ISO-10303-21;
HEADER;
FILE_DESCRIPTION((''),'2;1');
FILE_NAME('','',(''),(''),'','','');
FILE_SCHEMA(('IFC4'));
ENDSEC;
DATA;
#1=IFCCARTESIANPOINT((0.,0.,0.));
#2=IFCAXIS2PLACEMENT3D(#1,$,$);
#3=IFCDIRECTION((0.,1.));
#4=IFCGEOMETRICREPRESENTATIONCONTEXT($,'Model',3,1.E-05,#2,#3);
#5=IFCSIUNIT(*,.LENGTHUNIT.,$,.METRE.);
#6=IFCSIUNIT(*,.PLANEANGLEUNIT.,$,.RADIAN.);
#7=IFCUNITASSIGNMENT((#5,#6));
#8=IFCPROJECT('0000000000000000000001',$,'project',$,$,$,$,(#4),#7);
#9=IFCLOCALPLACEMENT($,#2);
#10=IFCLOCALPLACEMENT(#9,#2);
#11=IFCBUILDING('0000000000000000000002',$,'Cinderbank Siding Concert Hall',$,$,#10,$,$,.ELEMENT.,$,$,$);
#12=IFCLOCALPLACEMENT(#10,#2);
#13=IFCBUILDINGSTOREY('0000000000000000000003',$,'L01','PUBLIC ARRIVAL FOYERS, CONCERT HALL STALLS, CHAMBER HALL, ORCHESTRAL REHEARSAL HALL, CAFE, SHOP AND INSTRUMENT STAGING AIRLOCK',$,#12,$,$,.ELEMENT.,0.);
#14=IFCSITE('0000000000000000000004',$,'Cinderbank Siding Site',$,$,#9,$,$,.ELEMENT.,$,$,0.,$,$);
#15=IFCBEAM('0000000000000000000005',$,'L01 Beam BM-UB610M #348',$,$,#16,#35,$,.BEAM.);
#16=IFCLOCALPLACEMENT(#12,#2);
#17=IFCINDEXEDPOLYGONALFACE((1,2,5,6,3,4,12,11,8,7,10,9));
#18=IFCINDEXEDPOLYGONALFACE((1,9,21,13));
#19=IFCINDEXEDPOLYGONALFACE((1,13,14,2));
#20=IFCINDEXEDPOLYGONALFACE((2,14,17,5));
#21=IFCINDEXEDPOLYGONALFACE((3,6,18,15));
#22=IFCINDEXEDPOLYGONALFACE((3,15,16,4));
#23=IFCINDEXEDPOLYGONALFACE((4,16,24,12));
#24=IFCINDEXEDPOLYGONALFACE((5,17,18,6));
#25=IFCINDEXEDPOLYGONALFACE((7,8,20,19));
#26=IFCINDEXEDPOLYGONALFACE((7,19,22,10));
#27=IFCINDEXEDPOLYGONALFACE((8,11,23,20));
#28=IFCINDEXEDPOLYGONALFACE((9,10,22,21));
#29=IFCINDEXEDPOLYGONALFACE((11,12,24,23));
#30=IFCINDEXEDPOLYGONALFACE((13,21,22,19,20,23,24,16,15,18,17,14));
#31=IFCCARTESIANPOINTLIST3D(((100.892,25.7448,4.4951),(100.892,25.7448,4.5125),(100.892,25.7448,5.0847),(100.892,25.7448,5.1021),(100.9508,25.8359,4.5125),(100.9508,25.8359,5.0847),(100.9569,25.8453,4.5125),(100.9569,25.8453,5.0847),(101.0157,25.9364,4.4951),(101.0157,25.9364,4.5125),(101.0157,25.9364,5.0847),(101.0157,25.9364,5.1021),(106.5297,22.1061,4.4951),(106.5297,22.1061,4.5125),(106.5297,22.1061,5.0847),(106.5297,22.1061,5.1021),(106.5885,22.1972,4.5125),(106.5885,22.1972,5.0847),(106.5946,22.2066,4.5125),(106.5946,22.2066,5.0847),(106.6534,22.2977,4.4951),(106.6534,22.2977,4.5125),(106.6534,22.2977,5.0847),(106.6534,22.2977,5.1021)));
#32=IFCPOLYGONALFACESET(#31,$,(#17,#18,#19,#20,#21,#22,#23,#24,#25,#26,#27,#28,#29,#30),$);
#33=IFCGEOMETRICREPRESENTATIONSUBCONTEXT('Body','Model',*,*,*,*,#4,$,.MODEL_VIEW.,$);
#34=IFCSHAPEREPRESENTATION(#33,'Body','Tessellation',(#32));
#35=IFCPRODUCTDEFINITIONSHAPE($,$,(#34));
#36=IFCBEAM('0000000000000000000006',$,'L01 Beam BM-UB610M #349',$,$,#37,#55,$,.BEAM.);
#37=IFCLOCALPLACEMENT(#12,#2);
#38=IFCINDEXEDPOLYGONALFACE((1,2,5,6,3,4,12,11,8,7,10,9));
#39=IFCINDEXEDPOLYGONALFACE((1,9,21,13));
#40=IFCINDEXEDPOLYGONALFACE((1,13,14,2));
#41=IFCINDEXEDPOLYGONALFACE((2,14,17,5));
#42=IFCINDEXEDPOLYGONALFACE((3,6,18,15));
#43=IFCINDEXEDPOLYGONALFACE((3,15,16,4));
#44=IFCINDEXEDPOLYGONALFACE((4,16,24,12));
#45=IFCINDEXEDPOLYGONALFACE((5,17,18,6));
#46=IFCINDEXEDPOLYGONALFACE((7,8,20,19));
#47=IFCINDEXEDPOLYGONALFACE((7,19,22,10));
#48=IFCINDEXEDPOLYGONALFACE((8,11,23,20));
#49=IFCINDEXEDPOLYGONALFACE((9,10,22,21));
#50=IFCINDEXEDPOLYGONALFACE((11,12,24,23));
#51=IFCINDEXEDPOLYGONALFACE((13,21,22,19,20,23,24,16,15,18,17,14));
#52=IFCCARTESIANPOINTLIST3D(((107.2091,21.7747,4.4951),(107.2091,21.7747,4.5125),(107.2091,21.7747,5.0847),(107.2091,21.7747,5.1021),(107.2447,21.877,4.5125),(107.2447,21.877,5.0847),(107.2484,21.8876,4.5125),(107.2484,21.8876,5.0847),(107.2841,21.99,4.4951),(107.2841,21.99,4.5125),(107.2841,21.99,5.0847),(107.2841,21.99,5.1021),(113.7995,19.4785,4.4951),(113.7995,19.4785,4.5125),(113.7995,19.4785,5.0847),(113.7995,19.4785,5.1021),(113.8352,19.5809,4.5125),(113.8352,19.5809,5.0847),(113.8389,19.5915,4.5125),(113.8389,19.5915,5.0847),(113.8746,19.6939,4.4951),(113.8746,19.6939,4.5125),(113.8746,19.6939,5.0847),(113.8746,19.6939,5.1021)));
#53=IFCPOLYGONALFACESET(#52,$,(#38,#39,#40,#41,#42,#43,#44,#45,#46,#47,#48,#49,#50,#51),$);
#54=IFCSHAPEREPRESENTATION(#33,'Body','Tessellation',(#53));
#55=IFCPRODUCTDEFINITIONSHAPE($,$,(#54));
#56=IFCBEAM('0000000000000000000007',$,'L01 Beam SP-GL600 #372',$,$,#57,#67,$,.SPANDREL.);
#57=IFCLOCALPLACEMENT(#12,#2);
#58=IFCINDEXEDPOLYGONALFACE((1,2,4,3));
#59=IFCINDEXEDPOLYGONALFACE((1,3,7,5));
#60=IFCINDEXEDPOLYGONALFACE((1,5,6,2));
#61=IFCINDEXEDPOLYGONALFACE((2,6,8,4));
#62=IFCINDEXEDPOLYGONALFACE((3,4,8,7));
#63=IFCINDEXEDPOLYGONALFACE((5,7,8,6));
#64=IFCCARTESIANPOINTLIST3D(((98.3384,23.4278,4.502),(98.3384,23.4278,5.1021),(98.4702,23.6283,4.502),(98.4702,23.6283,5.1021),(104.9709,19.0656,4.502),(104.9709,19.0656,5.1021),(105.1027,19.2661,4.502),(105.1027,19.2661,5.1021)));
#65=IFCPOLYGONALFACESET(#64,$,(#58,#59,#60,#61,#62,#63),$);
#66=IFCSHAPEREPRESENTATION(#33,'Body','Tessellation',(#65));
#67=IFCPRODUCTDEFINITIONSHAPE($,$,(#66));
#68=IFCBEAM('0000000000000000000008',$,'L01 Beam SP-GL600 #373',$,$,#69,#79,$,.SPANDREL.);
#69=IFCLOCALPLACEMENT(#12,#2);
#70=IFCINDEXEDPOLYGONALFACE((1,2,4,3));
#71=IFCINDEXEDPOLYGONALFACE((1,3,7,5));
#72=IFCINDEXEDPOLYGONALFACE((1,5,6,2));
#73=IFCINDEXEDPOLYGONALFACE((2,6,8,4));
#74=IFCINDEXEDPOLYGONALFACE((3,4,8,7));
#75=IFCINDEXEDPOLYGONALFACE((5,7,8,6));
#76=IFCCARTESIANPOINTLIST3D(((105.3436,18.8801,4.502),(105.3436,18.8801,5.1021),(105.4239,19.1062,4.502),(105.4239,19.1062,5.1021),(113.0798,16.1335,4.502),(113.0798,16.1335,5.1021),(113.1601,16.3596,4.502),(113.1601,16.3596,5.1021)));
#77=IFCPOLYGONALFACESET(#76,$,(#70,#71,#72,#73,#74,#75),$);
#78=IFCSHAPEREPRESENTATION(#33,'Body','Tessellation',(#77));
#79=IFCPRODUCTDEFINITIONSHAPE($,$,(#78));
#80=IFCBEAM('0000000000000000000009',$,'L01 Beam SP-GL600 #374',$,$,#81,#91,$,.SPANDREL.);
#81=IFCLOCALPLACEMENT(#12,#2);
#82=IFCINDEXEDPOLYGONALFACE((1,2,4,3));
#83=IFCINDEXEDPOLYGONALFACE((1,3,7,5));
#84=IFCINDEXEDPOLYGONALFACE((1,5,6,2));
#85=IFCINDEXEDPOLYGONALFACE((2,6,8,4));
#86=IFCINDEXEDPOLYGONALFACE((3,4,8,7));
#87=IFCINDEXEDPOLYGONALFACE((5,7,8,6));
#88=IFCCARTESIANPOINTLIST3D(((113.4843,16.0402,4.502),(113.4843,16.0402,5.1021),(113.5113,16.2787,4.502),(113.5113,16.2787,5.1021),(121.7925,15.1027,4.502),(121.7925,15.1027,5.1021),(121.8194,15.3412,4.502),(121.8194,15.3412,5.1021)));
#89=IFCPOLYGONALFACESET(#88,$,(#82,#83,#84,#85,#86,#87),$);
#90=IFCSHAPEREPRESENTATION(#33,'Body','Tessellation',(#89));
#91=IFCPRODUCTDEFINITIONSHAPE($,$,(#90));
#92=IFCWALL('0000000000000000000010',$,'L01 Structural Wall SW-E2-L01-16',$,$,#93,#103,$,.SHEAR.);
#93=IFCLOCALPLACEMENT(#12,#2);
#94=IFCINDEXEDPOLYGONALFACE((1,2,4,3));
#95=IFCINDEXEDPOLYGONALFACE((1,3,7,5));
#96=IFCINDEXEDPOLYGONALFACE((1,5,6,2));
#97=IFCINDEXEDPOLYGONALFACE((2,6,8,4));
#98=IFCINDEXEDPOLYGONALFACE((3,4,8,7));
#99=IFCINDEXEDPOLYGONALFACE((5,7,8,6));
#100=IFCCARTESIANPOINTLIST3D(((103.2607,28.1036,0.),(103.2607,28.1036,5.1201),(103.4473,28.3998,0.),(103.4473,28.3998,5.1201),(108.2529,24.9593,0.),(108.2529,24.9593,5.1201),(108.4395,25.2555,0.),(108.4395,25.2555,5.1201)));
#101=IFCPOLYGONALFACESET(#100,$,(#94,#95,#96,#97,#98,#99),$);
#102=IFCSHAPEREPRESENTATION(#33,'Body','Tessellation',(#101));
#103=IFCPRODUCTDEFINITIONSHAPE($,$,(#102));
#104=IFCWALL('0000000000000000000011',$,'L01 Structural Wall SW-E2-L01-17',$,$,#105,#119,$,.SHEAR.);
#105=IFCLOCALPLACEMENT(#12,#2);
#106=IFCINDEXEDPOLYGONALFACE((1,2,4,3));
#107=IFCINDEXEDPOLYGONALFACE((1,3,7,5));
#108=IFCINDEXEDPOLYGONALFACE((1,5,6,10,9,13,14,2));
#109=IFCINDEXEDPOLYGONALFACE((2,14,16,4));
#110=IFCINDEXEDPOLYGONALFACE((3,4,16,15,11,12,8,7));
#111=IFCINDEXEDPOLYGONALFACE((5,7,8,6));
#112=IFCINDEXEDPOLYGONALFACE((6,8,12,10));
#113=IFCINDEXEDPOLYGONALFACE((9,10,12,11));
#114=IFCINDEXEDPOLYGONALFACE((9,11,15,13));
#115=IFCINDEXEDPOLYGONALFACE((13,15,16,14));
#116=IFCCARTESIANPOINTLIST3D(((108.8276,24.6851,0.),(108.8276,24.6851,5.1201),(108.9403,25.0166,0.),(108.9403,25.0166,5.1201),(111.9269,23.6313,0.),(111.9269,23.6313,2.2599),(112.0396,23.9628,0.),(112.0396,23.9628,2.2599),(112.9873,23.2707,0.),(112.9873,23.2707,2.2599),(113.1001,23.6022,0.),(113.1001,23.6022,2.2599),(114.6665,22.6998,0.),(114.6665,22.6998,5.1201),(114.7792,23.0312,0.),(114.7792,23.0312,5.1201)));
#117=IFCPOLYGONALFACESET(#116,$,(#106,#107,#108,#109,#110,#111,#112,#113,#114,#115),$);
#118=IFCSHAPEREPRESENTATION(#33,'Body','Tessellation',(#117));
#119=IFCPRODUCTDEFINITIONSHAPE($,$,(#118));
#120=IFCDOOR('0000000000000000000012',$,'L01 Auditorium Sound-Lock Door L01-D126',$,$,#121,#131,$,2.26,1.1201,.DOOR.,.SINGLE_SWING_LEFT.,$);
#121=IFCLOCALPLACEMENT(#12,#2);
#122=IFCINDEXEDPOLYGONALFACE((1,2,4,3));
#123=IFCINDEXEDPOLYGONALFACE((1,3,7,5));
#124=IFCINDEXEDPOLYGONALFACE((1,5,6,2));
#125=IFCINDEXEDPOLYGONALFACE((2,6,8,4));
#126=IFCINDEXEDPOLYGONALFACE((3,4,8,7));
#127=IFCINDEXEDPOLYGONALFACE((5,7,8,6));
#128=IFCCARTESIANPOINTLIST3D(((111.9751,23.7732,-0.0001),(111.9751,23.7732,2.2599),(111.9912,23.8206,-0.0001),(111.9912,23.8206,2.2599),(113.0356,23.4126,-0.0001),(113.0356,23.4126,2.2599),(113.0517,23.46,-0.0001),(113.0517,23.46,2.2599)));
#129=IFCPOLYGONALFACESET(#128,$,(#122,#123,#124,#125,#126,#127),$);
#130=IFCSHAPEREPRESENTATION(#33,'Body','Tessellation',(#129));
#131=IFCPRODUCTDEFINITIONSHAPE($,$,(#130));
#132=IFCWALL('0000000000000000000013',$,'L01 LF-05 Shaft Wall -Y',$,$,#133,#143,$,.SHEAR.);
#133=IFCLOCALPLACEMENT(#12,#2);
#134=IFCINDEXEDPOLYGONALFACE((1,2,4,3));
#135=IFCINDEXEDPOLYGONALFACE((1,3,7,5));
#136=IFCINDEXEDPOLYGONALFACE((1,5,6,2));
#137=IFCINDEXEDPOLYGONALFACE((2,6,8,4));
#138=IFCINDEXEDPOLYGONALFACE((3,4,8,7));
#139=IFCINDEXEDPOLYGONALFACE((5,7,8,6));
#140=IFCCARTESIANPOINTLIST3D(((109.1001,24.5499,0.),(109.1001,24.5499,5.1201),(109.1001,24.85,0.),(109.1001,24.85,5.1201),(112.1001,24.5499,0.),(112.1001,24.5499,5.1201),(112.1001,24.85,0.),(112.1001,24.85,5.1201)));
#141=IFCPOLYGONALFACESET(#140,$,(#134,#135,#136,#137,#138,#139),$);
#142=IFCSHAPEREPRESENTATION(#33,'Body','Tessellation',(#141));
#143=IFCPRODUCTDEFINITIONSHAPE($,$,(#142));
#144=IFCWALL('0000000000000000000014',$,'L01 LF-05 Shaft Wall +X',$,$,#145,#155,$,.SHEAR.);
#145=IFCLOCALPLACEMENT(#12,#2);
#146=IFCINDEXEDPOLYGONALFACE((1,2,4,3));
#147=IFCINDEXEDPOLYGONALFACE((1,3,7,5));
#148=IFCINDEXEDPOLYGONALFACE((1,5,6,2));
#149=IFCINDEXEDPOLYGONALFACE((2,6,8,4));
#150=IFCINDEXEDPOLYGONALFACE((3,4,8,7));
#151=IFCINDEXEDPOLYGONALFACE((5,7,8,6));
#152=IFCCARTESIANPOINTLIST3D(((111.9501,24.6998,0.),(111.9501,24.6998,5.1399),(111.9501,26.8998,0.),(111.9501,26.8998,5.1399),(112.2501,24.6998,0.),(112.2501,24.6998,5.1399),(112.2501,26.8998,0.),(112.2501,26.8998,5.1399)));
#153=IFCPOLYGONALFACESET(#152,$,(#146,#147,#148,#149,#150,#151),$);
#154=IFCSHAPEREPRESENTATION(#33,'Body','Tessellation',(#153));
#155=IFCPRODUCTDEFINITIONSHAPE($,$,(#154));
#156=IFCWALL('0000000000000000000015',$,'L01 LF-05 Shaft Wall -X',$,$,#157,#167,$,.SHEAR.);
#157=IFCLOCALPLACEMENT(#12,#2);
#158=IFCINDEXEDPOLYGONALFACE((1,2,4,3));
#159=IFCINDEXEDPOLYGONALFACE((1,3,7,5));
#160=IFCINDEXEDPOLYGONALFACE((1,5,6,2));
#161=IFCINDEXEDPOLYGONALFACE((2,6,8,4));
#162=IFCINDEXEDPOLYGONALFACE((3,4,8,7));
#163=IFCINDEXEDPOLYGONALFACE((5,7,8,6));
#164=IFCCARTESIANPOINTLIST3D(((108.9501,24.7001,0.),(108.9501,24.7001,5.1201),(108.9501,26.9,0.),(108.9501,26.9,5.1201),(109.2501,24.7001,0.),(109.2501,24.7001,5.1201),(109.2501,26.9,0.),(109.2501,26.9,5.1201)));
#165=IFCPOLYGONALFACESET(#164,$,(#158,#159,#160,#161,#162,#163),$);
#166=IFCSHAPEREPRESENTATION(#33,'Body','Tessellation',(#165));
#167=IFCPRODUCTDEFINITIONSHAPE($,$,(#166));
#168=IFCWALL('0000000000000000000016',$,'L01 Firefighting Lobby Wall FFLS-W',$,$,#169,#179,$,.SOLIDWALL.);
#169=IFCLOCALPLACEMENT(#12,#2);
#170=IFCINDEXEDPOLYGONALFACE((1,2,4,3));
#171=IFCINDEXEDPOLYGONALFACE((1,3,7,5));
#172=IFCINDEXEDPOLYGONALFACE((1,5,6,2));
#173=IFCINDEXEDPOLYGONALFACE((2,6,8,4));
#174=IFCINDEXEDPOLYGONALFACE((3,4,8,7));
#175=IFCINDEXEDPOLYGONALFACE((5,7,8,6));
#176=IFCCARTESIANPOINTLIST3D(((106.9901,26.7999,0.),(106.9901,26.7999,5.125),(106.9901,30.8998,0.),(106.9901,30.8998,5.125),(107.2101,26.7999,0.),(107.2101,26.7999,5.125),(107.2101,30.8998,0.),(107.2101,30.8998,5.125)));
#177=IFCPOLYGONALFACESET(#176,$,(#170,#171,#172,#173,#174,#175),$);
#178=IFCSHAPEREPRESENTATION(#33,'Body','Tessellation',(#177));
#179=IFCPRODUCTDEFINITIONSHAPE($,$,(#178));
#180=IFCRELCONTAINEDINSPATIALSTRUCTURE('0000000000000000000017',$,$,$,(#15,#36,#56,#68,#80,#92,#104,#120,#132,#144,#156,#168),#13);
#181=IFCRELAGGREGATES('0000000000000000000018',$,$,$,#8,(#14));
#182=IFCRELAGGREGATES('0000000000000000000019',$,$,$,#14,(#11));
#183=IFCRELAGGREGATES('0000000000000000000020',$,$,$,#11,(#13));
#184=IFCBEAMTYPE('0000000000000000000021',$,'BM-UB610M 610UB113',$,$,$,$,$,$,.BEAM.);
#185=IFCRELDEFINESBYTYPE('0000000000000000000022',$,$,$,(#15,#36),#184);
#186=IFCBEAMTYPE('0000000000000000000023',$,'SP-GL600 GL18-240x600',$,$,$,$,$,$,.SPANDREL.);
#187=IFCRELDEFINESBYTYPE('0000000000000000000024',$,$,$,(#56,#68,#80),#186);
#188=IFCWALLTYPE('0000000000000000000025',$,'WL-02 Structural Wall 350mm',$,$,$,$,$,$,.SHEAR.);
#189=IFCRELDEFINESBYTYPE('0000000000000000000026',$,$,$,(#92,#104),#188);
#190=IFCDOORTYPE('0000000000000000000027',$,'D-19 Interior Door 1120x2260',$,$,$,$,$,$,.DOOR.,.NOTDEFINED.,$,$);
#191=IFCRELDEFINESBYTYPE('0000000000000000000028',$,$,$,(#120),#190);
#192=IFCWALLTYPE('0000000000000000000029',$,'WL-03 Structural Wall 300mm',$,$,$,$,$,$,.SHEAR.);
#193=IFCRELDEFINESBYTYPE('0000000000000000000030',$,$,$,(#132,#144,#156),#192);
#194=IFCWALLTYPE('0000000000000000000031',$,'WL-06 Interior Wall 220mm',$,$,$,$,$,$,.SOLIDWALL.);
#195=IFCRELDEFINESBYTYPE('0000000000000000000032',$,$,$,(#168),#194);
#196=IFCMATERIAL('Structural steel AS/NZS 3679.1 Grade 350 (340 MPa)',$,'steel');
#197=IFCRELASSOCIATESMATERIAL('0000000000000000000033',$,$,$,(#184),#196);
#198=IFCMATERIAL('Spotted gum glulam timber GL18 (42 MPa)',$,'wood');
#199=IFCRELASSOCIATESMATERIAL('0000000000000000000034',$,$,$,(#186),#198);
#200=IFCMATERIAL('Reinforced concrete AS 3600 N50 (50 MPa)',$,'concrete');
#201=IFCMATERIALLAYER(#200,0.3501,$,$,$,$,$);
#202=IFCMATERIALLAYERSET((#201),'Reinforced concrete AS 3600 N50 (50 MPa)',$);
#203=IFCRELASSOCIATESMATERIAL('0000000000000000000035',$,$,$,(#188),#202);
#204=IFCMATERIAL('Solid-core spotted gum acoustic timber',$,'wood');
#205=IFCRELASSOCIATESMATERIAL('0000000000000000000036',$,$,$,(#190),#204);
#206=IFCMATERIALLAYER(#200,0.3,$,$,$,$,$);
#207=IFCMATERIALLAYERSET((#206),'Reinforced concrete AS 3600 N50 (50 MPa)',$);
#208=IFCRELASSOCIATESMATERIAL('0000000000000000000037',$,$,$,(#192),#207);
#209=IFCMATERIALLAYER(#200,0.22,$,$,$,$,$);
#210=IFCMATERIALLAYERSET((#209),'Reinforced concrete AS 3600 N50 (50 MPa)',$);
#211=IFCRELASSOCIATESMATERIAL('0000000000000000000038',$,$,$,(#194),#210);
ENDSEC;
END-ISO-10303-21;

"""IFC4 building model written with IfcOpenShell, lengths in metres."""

from ifc_helpers import new_model, si_unit, direction, frame, frame_2d, origin, origin_2d, place, context, subcontext, project, spatial, rectangle, i_section, extrude, material, layer, layer_set, material_profile, profile_set, type_object, element, fill, save


model = new_model("IFC4")

# Units and contexts
model_context = context("Model", 3, precision=1e-05, world=origin(), true_north=direction((0.0, 1.0)))
body_context = subcontext(model_context, "Body", "Model", "MODEL_VIEW")
ifc_project = project(units=[si_unit("LENGTHUNIT", "METRE"), si_unit("PLANEANGLEUNIT", "RADIAN")], contexts=[model_context])

# Site, building, storey
site_placement = place(None, origin())
site = spatial("IfcSite", under=ifc_project, at=site_placement, Name="Cinderbank Siding Site", CompositionType="ELEMENT", RefElevation=0.0)
building_placement = place(site_placement, origin())
building = spatial("IfcBuilding", under=site, at=building_placement, Name="Cinderbank Siding Concert Hall", CompositionType="ELEMENT")
storey_placement = place(building_placement, origin())
storey = spatial("IfcBuildingStorey", under=building, at=storey_placement, Name="L01", Description="PUBLIC ARRIVAL FOYERS, CONCERT HALL STALLS, CHAMBER HALL, ORCHESTRAL REHEARSAL HALL, CAFE, SHOP AND INSTRUMENT STAGING AIRLOCK", CompositionType="ELEMENT", Elevation=0.0)

# Shared definitions
ifc_material_1 = material(Name="Reinforced concrete AS 3600 N50 (50 MPa)", Category="concrete")

# Beams
ifc_material_2 = material(Name="Structural steel AS/NZS 3679.1 Grade 350 (340 MPa)", Category="steel")
ifc_material_profile_1 = material_profile(ifc_material_2, i_section(OverallWidth=0.228, OverallDepth=0.6069, WebThickness=0.0112, FlangeThickness=0.0173, at=origin_2d()), Name="610UB113", Category="LoadBearing")
ifc_profile_set_1 = profile_set([ifc_material_profile_1], Name="Structural steel AS/NZS 3679.1 Grade 350 (340 MPa)")
beam_type_1 = type_object("IfcBeamType", Name="BM-UB610M 610UB113", PredefinedType="BEAM", material=ifc_profile_set_1)
beam_1_placement = place(storey_placement, frame((100.9539, 25.8406, 4.7986), z_axis=(0.840198, -0.542279, 0.0), x_axis=(0.542279, 0.840198, 0.0)))
element("IfcBeam", 1, at=beam_1_placement, inside=storey, type_object=beam_type_1, Name="L01 Beam BM-UB610M #348", PredefinedType="BEAM", context=body_context, shape_type="SweptSolid", body=[
    extrude(i_section(OverallWidth=0.228, OverallDepth=0.6069, WebThickness=0.0112, FlangeThickness=0.0173, at=origin_2d()), origin(), (0.0, 0.0, 1.0), 6.71),
])
beam_2_placement = place(storey_placement, frame((107.2466, 21.8823, 4.7986), z_axis=(0.944329, -0.329002, 0.0), x_axis=(0.329002, 0.944329, 0.0)))
element("IfcBeam", 2, at=beam_2_placement, inside=storey, type_object=beam_type_1, Name="L01 Beam BM-UB610M #349", PredefinedType="BEAM", context=body_context, shape_type="SweptSolid", body=[
    extrude(i_section(OverallWidth=0.228, OverallDepth=0.6069, WebThickness=0.0112, FlangeThickness=0.0173, at=origin_2d()), origin(), (0.0, 0.0, 1.0), 6.979),
])
ifc_material_3 = material(Name="Spotted gum glulam timber GL18 (42 MPa)", Category="wood")
ifc_material_profile_2 = material_profile(ifc_material_3, rectangle(XDim=0.24, YDim=0.6001, at=origin_2d()), Name="GL18-240x600", Category="LoadBearing")
ifc_profile_set_2 = profile_set([ifc_material_profile_2], Name="Spotted gum glulam timber GL18 (42 MPa)")
beam_type_2 = type_object("IfcBeamType", Name="SP-GL600 GL18-240x600", PredefinedType="SPANDREL", material=ifc_profile_set_2)
beam_3_placement = place(storey_placement, frame((98.4043, 23.5281, 4.802), z_axis=(0.835488, -0.549509, 0.0), x_axis=(0.549509, 0.835488, 0.0)))
element("IfcBeam", 3, at=beam_3_placement, inside=storey, type_object=beam_type_2, Name="L01 Beam SP-GL600 #372", PredefinedType="SPANDREL", context=body_context, shape_type="SweptSolid", body=[
    extrude(rectangle(XDim=0.24, YDim=0.6001, at=origin_2d()), origin(), (0.0, 0.0, 1.0), 7.9385),
])
beam_4_placement = place(storey_placement, frame((105.3838, 18.9932, 4.802), z_axis=(0.942369, -0.334574, 0.0), x_axis=(0.334574, 0.942369, 0.0)))
element("IfcBeam", 4, at=beam_4_placement, inside=storey, type_object=beam_type_2, Name="L01 Beam SP-GL600 #373", PredefinedType="SPANDREL", context=body_context, shape_type="SweptSolid", body=[
    extrude(rectangle(XDim=0.24, YDim=0.6001, at=origin_2d()), origin(), (0.0, 0.0, 1.0), 8.2092),
])
beam_5_placement = place(storey_placement, frame((113.4978, 16.1594, 4.802), z_axis=(0.993694, -0.11213, 0.0), x_axis=(0.11213, 0.993694, 0.0)))
element("IfcBeam", 5, at=beam_5_placement, inside=storey, type_object=beam_type_2, Name="L01 Beam SP-GL600 #374", PredefinedType="SPANDREL", context=body_context, shape_type="SweptSolid", body=[
    extrude(rectangle(XDim=0.24, YDim=0.6001, at=origin_2d()), origin(), (0.0, 0.0, 1.0), 8.3608),
])

# Wall
ifc_layer_1 = layer(ifc_material_1, 0.3501)
ifc_layer_set_1 = layer_set([ifc_layer_1], Name="Reinforced concrete AS 3600 N50 (50 MPa)")
wall_type_1 = type_object("IfcWallType", Name="WL-02 Structural Wall 350mm", PredefinedType="SHEAR", material=ifc_layer_set_1)
wall_1_placement = place(storey_placement, frame((103.354, 28.2517, 0.0), z_axis=(0.0, 0.0, 1.0), x_axis=(0.846152, -0.532942, 0.0)))
element("IfcWall", 6, at=wall_1_placement, inside=storey, type_object=wall_type_1, Name="L01 Structural Wall SW-E2-L01-16", PredefinedType="SHEAR", context=body_context, shape_type="SweptSolid", body=[
    extrude(rectangle(XDim=5.8999, YDim=0.3501, at=frame_2d((2.95, 0.0))), origin(), (0.0, 0.0, 1.0), 5.1201),
])

# Wall, opening, door
wall_2_placement = place(storey_placement, frame((108.884, 24.8508, 0.0), z_axis=(0.0, 0.0, 1.0), x_axis=(0.946766, -0.321923, 0.0)))
wall_2 = element("IfcWall", 7, at=wall_2_placement, inside=storey, type_object=wall_type_1, Name="L01 Structural Wall SW-E2-L01-17", PredefinedType="SHEAR", context=body_context, shape_type="SweptSolid", body=[
    extrude(rectangle(XDim=6.1672, YDim=0.3501, at=frame_2d((3.0835, 0.0))), origin(), (0.0, 0.0, 1.0), 5.1201),
])
opening_1_placement = place(wall_2_placement, frame((3.2734, 0.0, 0.0)))
opening_1 = element("IfcOpeningElement", 8, at=opening_1_placement, cuts=wall_2, PredefinedType="OPENING", context=body_context, shape_type="SweptSolid", body=[
    extrude(rectangle(XDim=1.1201, YDim=2.26, at=frame_2d((0.5601, 1.1299))), frame((0.0, 0.187, 0.0), z_axis=(0.0, -1.0, 0.0), x_axis=(1.0, 0.0, 0.0)), (0.0, 0.0, 1.0), 0.374),
])
ifc_material_4 = material(Name="Solid-core spotted gum acoustic timber", Category="wood")
door_type_1 = type_object("IfcDoorType", Name="D-19 Interior Door 1120x2260", OperationType="NOTDEFINED", PredefinedType="DOOR", material=ifc_material_4)
door_1_placement = place(opening_1_placement, origin())
door_1 = element("IfcDoor", 9, at=door_1_placement, inside=storey, type_object=door_type_1, Name="L01 Auditorium Sound-Lock Door L01-D126", OperationType="SINGLE_SWING_LEFT", OverallHeight=2.26, OverallWidth=1.1201, PredefinedType="DOOR", context=body_context, shape_type="SweptSolid", body=[
    extrude(rectangle(XDim=1.1201, YDim=2.26, at=frame_2d((0.5601, 1.1299))), frame((0.0, 0.0249, 0.0), z_axis=(0.0, -1.0, 0.0), x_axis=(1.0, 0.0, 0.0)), (0.0, 0.0, 1.0), 0.05),
])
fill(opening_1, door_1)

# Walls
ifc_layer_2 = layer(ifc_material_1, 0.3)
ifc_layer_set_2 = layer_set([ifc_layer_2], Name="Reinforced concrete AS 3600 N50 (50 MPa)")
wall_type_2 = type_object("IfcWallType", Name="WL-03 Structural Wall 300mm", PredefinedType="SHEAR", material=ifc_layer_set_2)
wall_3_placement = place(storey_placement, frame((112.1001, 24.7, 0.0), z_axis=(0.0, 0.0, 1.0), x_axis=(-1.0, 0.0, 0.0)))
element("IfcWall", 10, at=wall_3_placement, inside=storey, type_object=wall_type_2, Name="L01 LF-05 Shaft Wall -Y", PredefinedType="SHEAR", context=body_context, shape_type="SweptSolid", body=[
    extrude(rectangle(XDim=3.0, YDim=0.3, at=frame_2d((1.5, 0.0))), origin(), (0.0, 0.0, 1.0), 5.1201),
])
wall_4_placement = place(storey_placement, frame((112.1001, 26.8999, 0.0), z_axis=(0.0, 0.0, 1.0), x_axis=(0.0, -1.0, 0.0)))
element("IfcWall", 11, at=wall_4_placement, inside=storey, type_object=wall_type_2, Name="L01 LF-05 Shaft Wall +X", PredefinedType="SHEAR", context=body_context, shape_type="SweptSolid", body=[
    extrude(rectangle(XDim=2.2, YDim=0.3, at=frame_2d((1.1001, 0.0))), origin(), (0.0, 0.0, 1.0), 5.1399),
])

# Walls
wall_5_placement = place(storey_placement, frame((109.1001, 24.7, 0.0), z_axis=(0.0, 0.0, 1.0), x_axis=(0.0, 1.0, 0.0)))
element("IfcWall", 12, at=wall_5_placement, inside=storey, type_object=wall_type_2, Name="L01 LF-05 Shaft Wall -X", PredefinedType="SHEAR", context=body_context, shape_type="SweptSolid", body=[
    extrude(rectangle(XDim=2.2, YDim=0.3, at=frame_2d((1.1001, 0.0))), origin(), (0.0, 0.0, 1.0), 5.1201),
])
ifc_layer_3 = layer(ifc_material_1, 0.22)
ifc_layer_set_3 = layer_set([ifc_layer_3], Name="Reinforced concrete AS 3600 N50 (50 MPa)")
wall_type_3 = type_object("IfcWallType", Name="WL-06 Interior Wall 220mm", PredefinedType="SOLIDWALL", material=ifc_layer_set_3)
wall_6_placement = place(storey_placement, frame((107.1001, 26.8, 0.0), z_axis=(0.0, 0.0, 1.0), x_axis=(0.0, 1.0, 0.0)))
element("IfcWall", 13, at=wall_6_placement, inside=storey, type_object=wall_type_3, Name="L01 Firefighting Lobby Wall FFLS-W", PredefinedType="SOLIDWALL", context=body_context, shape_type="SweptSolid", body=[
    extrude(rectangle(XDim=4.0999, YDim=0.22, at=frame_2d((2.0498, 0.0))), origin(), (0.0, 0.0, 1.0), 5.125),
])

save(model, "model.ifc")
